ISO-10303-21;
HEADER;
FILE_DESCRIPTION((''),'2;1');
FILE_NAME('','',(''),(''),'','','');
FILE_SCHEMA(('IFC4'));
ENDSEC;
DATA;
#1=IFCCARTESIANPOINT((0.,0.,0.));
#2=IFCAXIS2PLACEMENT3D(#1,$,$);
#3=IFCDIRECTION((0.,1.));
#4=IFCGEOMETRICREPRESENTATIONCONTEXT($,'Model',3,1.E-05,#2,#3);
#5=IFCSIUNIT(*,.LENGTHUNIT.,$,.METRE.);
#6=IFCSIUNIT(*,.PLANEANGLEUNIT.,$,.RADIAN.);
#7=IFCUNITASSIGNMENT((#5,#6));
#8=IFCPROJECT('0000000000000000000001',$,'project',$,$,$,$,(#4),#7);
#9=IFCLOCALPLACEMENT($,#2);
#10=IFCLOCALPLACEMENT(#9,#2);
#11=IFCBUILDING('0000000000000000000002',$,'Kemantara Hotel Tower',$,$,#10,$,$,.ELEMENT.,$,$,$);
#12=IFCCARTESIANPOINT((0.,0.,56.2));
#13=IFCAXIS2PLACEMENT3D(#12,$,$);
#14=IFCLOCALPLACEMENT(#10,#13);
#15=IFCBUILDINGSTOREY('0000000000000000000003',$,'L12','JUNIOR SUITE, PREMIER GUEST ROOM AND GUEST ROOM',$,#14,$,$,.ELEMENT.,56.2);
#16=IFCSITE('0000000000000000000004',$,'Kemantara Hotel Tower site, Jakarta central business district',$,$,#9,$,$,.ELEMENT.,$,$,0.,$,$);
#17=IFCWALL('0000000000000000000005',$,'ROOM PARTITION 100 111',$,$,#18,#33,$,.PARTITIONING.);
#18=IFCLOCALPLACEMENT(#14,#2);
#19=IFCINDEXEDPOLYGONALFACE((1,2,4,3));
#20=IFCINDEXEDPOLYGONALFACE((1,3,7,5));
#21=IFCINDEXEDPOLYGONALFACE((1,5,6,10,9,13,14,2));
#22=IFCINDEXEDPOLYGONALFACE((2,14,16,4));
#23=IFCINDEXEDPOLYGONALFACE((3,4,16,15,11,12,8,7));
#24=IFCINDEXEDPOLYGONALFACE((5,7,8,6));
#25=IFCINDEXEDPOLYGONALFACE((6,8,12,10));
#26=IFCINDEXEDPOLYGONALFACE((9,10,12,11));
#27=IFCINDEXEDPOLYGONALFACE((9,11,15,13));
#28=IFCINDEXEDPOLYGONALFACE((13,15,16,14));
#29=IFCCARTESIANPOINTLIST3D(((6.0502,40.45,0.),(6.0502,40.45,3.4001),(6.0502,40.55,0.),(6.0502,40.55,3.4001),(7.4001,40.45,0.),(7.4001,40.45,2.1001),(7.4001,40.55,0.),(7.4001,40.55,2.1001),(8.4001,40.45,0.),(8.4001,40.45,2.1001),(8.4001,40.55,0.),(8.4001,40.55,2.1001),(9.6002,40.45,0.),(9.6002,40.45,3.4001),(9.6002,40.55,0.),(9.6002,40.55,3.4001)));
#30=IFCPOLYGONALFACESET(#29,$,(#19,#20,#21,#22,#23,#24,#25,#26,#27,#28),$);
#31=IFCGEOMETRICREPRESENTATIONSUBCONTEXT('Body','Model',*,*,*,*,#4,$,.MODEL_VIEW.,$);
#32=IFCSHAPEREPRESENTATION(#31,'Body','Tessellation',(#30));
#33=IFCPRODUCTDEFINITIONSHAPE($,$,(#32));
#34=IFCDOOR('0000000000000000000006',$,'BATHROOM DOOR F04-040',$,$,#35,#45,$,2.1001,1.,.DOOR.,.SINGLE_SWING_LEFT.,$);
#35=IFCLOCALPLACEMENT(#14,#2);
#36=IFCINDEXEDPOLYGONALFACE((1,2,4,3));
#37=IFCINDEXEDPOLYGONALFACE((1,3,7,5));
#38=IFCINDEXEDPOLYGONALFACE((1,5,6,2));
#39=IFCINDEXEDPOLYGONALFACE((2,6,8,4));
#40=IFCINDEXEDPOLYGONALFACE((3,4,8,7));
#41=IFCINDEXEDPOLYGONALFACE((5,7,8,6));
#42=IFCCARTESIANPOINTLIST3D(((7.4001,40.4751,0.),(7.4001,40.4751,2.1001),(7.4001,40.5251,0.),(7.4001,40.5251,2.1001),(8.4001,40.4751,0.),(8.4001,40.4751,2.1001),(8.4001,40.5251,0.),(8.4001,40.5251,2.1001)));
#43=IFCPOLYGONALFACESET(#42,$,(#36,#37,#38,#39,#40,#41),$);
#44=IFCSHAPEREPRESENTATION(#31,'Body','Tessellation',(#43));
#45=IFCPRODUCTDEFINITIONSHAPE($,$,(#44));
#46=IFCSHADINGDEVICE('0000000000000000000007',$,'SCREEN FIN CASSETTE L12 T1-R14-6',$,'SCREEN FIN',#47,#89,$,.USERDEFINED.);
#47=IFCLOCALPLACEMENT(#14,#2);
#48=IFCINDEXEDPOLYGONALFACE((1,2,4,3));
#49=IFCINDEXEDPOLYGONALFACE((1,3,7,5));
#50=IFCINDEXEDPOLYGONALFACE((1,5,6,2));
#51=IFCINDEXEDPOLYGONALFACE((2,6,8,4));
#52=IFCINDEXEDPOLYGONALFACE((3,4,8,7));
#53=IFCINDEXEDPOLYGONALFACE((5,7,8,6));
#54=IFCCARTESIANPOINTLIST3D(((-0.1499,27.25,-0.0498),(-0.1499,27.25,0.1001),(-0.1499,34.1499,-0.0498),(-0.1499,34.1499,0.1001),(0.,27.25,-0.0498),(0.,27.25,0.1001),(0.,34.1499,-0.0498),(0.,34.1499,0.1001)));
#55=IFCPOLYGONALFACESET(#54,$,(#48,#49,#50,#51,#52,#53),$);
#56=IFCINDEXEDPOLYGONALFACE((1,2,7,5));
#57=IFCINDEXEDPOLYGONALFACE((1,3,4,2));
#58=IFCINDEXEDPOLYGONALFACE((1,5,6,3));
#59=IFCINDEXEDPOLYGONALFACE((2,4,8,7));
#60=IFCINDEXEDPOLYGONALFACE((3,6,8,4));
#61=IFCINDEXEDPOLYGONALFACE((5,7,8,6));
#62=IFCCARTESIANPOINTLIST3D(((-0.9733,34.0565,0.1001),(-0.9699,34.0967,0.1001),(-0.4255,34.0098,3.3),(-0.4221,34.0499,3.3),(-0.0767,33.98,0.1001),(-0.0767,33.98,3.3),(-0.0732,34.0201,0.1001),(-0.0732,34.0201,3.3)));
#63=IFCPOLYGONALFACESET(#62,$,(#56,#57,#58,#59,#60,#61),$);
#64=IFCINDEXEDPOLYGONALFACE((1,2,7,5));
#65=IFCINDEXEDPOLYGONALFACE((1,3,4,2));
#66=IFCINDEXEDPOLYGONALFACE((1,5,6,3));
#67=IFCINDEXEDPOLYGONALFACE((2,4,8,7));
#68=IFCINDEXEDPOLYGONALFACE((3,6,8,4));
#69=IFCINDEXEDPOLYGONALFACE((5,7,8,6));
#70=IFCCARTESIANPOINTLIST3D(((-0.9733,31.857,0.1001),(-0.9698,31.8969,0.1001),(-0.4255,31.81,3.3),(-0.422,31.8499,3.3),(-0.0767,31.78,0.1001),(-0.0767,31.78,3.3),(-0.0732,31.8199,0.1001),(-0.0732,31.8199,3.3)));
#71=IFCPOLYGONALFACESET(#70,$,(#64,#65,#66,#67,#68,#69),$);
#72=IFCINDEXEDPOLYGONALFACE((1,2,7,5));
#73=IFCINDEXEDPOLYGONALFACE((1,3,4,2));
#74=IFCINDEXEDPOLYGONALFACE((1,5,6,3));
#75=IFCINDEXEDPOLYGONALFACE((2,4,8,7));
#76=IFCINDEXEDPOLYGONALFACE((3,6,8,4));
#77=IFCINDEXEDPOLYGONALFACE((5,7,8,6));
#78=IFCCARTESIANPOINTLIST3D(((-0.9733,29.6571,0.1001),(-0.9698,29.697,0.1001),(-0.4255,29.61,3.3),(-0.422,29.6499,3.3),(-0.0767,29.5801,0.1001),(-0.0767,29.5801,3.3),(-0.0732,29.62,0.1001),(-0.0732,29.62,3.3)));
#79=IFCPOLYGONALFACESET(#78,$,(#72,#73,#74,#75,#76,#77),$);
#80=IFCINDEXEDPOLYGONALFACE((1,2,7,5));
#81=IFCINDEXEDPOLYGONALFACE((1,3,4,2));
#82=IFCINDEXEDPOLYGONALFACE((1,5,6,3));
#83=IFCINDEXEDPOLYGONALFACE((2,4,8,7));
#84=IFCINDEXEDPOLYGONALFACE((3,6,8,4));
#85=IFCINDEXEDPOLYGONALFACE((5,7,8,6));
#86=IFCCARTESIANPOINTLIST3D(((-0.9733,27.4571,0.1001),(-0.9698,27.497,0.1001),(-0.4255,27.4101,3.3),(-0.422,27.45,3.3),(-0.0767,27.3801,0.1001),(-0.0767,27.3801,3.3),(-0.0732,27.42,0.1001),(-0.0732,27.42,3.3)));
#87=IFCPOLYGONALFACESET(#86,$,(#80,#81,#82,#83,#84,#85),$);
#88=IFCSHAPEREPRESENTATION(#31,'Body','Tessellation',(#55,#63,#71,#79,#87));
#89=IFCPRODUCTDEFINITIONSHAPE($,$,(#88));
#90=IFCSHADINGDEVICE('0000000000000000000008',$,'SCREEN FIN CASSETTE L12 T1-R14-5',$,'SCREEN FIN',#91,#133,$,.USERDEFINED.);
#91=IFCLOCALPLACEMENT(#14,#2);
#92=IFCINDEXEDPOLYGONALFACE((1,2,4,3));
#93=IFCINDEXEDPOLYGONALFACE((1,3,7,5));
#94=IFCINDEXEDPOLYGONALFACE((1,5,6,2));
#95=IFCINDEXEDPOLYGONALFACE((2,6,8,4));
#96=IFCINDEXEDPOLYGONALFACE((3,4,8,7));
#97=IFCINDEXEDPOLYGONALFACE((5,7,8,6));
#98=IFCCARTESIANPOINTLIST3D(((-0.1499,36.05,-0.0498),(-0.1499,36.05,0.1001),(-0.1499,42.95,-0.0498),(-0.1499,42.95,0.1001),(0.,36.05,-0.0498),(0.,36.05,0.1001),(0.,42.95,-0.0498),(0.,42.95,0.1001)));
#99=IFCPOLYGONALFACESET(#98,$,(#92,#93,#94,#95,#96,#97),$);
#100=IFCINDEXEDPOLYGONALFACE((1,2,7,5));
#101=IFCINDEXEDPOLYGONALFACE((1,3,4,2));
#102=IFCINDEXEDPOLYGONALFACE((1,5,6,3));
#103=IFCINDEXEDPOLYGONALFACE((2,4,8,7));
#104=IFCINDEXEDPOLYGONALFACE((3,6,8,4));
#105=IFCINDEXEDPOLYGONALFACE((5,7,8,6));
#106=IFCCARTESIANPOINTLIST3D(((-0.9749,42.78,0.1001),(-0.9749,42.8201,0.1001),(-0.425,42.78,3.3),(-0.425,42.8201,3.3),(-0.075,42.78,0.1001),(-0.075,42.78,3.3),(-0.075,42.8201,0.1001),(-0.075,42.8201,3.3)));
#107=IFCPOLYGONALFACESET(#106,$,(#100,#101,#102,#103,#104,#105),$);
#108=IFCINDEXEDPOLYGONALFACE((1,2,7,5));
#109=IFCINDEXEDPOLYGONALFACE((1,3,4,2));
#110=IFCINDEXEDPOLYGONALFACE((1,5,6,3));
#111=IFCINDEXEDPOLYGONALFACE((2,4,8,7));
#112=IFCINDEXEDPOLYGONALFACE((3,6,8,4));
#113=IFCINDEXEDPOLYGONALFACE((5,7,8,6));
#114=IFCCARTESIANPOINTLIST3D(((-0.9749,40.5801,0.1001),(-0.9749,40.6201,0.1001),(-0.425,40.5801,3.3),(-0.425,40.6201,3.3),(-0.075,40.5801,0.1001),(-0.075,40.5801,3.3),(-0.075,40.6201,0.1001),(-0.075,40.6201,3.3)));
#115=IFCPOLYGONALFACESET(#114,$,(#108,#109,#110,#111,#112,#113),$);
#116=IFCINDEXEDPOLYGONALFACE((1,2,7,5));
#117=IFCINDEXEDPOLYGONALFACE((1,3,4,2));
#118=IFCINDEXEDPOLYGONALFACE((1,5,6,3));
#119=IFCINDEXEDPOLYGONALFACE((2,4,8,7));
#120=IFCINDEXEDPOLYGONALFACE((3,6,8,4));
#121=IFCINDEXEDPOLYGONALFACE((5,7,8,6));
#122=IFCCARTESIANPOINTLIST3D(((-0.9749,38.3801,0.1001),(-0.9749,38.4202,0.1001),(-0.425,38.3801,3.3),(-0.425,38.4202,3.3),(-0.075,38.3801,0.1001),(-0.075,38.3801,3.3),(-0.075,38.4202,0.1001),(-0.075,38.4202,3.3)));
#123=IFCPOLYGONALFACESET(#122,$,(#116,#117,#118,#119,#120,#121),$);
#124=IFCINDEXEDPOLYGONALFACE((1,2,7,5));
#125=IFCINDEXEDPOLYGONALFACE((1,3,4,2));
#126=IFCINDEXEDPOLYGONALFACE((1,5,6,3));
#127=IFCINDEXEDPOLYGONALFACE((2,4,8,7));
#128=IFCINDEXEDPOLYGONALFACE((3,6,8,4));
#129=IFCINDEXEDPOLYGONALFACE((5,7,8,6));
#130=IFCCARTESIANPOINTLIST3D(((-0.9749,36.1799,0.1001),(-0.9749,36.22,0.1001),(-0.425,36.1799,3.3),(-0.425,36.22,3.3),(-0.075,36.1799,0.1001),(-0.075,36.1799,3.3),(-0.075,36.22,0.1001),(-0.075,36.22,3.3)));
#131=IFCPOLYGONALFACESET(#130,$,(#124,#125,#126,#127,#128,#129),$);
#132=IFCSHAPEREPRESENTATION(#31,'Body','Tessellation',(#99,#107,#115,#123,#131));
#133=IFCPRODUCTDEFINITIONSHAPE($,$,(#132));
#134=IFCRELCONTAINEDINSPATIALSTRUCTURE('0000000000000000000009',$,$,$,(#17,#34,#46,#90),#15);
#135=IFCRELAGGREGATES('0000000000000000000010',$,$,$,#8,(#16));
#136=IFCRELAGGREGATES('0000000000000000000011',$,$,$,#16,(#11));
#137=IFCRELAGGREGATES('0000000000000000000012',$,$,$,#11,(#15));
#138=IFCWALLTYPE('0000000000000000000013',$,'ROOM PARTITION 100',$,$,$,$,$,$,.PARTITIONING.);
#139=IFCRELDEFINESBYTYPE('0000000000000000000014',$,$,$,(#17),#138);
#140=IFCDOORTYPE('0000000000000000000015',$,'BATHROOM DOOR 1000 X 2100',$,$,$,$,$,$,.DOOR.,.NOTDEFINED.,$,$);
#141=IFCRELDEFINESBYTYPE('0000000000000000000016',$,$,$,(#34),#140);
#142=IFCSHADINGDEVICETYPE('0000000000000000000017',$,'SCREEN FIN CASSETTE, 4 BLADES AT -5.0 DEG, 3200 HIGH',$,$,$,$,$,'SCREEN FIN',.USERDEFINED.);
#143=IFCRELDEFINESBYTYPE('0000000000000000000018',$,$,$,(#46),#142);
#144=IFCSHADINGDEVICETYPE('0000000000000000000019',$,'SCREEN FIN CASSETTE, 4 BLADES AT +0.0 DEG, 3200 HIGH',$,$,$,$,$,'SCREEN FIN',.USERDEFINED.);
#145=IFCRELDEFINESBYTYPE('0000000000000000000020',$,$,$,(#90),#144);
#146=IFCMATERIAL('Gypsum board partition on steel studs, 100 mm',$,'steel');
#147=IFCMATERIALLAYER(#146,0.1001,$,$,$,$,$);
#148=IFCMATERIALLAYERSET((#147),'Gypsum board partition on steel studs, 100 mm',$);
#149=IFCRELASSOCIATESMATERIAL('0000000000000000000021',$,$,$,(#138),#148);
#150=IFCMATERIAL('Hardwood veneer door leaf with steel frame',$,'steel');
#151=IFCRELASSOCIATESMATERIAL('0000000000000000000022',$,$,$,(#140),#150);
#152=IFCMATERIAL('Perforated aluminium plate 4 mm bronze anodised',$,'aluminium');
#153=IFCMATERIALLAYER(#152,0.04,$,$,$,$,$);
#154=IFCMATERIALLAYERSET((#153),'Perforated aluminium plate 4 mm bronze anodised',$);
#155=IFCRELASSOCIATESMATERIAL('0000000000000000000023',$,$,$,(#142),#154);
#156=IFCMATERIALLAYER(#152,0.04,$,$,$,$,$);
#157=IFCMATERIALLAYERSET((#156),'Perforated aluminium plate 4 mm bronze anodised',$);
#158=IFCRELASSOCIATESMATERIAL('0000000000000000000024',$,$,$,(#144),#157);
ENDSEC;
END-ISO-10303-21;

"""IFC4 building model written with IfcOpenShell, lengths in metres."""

from ifc_helpers import new_model, si_unit, direction, frame, frame_2d, origin, origin_2d, place, context, subcontext, project, spatial, polyline, rectangle, outline, extrude, source, transform, mapped, material, layer, layer_set, type_object, element, fill, save


model = new_model("IFC4")

# Units and contexts
model_context = context("Model", 3, precision=1e-05, world=origin(), true_north=direction((0.0, 1.0)))
body_context = subcontext(model_context, "Body", "Model", "MODEL_VIEW")
ifc_project = project(units=[si_unit("LENGTHUNIT", "METRE"), si_unit("PLANEANGLEUNIT", "RADIAN")], contexts=[model_context])

# Site, building, storey
site_placement = place(None, origin())
site = spatial("IfcSite", under=ifc_project, at=site_placement, Name="Kemantara Hotel Tower site, Jakarta central business district", CompositionType="ELEMENT", RefElevation=0.0)
building_placement = place(site_placement, origin())
building = spatial("IfcBuilding", under=site, at=building_placement, Name="Kemantara Hotel Tower", CompositionType="ELEMENT")
storey_placement = place(building_placement, frame((0.0, 0.0, 56.2)))
storey = spatial("IfcBuildingStorey", under=building, at=storey_placement, Name="L12", Description="JUNIOR SUITE, PREMIER GUEST ROOM AND GUEST ROOM", CompositionType="ELEMENT", Elevation=56.2)

# Shared definitions
ifc_material_1 = material(Name="Hardwood veneer door leaf with steel frame", Category="steel")

# Shared definitions
ifc_material_2 = material(Name="Gypsum board partition on steel studs, 100 mm", Category="steel")
ifc_layer_1 = layer(ifc_material_2, 0.1001)
ifc_layer_set_1 = layer_set([ifc_layer_1], Name="Gypsum board partition on steel studs, 100 mm")
wall_type_1 = type_object("IfcWallType", Name="ROOM PARTITION 100", PredefinedType="PARTITIONING", material=ifc_layer_set_1)

# Wall, opening, door
wall_1_placement = place(storey_placement, frame((9.6001, 40.5, 0.0), z_axis=(0.0, 0.0, 1.0), x_axis=(-1.0, 0.0, 0.0)))
wall_1 = element("IfcWall", 1, at=wall_1_placement, inside=storey, type_object=wall_type_1, Name="ROOM PARTITION 100 111", PredefinedType="PARTITIONING", context=body_context, shape_type="SweptSolid", body=[
    extrude(rectangle(XDim=3.55, YDim=0.1001, at=frame_2d((1.7749, 0.0))), origin(), (0.0, 0.0, 1.0), 3.4001),
])
opening_1_placement = place(wall_1_placement, frame((1.2, 0.0, 0.0)))
opening_1 = element("IfcOpeningElement", 2, at=opening_1_placement, cuts=wall_1, PredefinedType="OPENING", context=body_context, shape_type="SweptSolid", body=[
    extrude(rectangle(XDim=1.0, YDim=2.1001, at=frame_2d((0.5, 1.05))), frame((0.0, 0.0601, 0.0), z_axis=(0.0, -1.0, 0.0), x_axis=(1.0, 0.0, 0.0)), (0.0, 0.0, 1.0), 0.1201),
])
door_type_1 = type_object("IfcDoorType", Name="BATHROOM DOOR 1000 X 2100", OperationType="NOTDEFINED", PredefinedType="DOOR", material=ifc_material_1)
door_1_placement = place(opening_1_placement, origin())
door_1 = element("IfcDoor", 3, at=door_1_placement, inside=storey, type_object=door_type_1, Name="BATHROOM DOOR F04-040", OperationType="SINGLE_SWING_LEFT", OverallHeight=2.1001, OverallWidth=1.0, PredefinedType="DOOR", context=body_context, shape_type="SweptSolid", body=[
    extrude(rectangle(XDim=1.0, YDim=2.1001, at=frame_2d((0.5, 1.05))), frame((0.0, 0.0249, 0.0), z_axis=(0.0, -1.0, 0.0), x_axis=(1.0, 0.0, 0.0)), (0.0, 0.0, 1.0), 0.05),
])
fill(opening_1, door_1)

# Shading devices
ifc_material_3 = material(Name="Perforated aluminium plate 4 mm bronze anodised", Category="aluminium")
ifc_layer_2 = layer(ifc_material_3, 0.04)
ifc_layer_set_2 = layer_set([ifc_layer_2], Name="Perforated aluminium plate 4 mm bronze anodised")
shading_device_type_1 = type_object("IfcShadingDeviceType", Name="SCREEN FIN CASSETTE, 4 BLADES AT -5.0 DEG, 3200 HIGH", ElementType="SCREEN FIN", PredefinedType="USERDEFINED", material=ifc_layer_set_2)
shared_shape_1 = source(origin(), body_context, "Body", "SweptSolid", [
    extrude(rectangle(XDim=6.8999, YDim=0.1499, at=origin_2d()), frame((3.3, -0.075, -0.1499), z_axis=(0.0, 0.0, 1.0), x_axis=(1.0, 0.0, 0.0)), (0.0, 0.0, 1.0), 0.1499),
    extrude(outline(polyline([(0.0, 0.0), (0.8999, 0.0), (0.3501, 3.2), (0.0, 3.2), (0.0, 0.0)])), frame((0.02, -0.0767, 0.0), z_axis=(-0.996376, 0.085056, 0.0), x_axis=(-0.085056, -0.996376, 0.0)), (0.0, 0.0, 1.0), 0.0403),
    extrude(outline(polyline([(0.0, 0.0), (0.8999, 0.0), (0.3501, 3.2), (0.0, 3.2), (0.0, 0.0)])), frame((2.22, -0.0767, 0.0), z_axis=(-0.996332, 0.085575, 0.0), x_axis=(-0.085575, -0.996332, 0.0)), (0.0, 0.0, 1.0), 0.04),
    extrude(outline(polyline([(0.0, 0.0), (0.8999, 0.0), (0.3501, 3.2), (0.0, 3.2), (0.0, 0.0)])), frame((4.4199, -0.0767, 0.0), z_axis=(-0.996332, 0.085575, 0.0), x_axis=(-0.085575, -0.996332, 0.0)), (0.0, 0.0, 1.0), 0.04),
    extrude(outline(polyline([(0.0, 0.0), (0.8999, 0.0), (0.3501, 3.2), (0.0, 3.2), (0.0, 0.0)])), frame((6.6199, -0.0767, 0.0), z_axis=(-0.996332, 0.085575, 0.0), x_axis=(-0.085575, -0.996332, 0.0)), (0.0, 0.0, 1.0), 0.04),
])
shading_device_1_placement = place(storey_placement, frame((0.0, 34.0, 0.1001), z_axis=(0.0, 0.0, 1.0), x_axis=(0.0, -1.0, 0.0)))
element("IfcShadingDevice", 4, at=shading_device_1_placement, inside=storey, type_object=shading_device_type_1, Name="SCREEN FIN CASSETTE L12 T1-R14-6", ObjectType="SCREEN FIN", PredefinedType="USERDEFINED", context=body_context, shape_type="MappedRepresentation", body=[
    mapped(shared_shape_1, transform((0.0, 0.0, 0.0))),
])
ifc_layer_3 = layer(ifc_material_3, 0.04)
ifc_layer_set_3 = layer_set([ifc_layer_3], Name="Perforated aluminium plate 4 mm bronze anodised")
shading_device_type_2 = type_object("IfcShadingDeviceType", Name="SCREEN FIN CASSETTE, 4 BLADES AT +0.0 DEG, 3200 HIGH", ElementType="SCREEN FIN", PredefinedType="USERDEFINED", material=ifc_layer_set_3)
shared_shape_2 = source(origin(), body_context, "Body", "SweptSolid", [
    extrude(rectangle(XDim=6.8999, YDim=0.1499, at=origin_2d()), frame((3.3, -0.075, -0.1499), z_axis=(0.0, 0.0, 1.0), x_axis=(1.0, 0.0, 0.0)), (0.0, 0.0, 1.0), 0.1499),
    extrude(outline(polyline([(0.0, 0.0), (0.8999, 0.0), (0.3501, 3.2), (0.0, 3.2), (0.0, 0.0)])), frame((0.02, -0.075, 0.0), z_axis=(-1.0, 0.0, 0.0), x_axis=(0.0, -1.0, 0.0)), (0.0, 0.0, 1.0), 0.04),
    extrude(outline(polyline([(0.0, 0.0), (0.8999, 0.0), (0.3501, 3.2), (0.0, 3.2), (0.0, 0.0)])), frame((2.22, -0.075, 0.0), z_axis=(-1.0, 0.0, 0.0), x_axis=(0.0, -1.0, 0.0)), (0.0, 0.0, 1.0), 0.04),
    extrude(outline(polyline([(0.0, 0.0), (0.8999, 0.0), (0.3501, 3.2), (0.0, 3.2), (0.0, 0.0)])), frame((4.4199, -0.075, 0.0), z_axis=(-1.0, 0.0, 0.0), x_axis=(0.0, -1.0, 0.0)), (0.0, 0.0, 1.0), 0.04),
    extrude(outline(polyline([(0.0, 0.0), (0.8999, 0.0), (0.3501, 3.2), (0.0, 3.2), (0.0, 0.0)])), frame((6.6201, -0.075, 0.0), z_axis=(-1.0, 0.0, 0.0), x_axis=(0.0, -1.0, 0.0)), (0.0, 0.0, 1.0), 0.04),
])
shading_device_2_placement = place(storey_placement, frame((0.0, 42.8, 0.1001), z_axis=(0.0, 0.0, 1.0), x_axis=(0.0, -1.0, 0.0)))
element("IfcShadingDevice", 5, at=shading_device_2_placement, inside=storey, type_object=shading_device_type_2, Name="SCREEN FIN CASSETTE L12 T1-R14-5", ObjectType="SCREEN FIN", PredefinedType="USERDEFINED", context=body_context, shape_type="MappedRepresentation", body=[
    mapped(shared_shape_2, transform((0.0, 0.0, 0.0))),
])

save(model, "model.ifc")
